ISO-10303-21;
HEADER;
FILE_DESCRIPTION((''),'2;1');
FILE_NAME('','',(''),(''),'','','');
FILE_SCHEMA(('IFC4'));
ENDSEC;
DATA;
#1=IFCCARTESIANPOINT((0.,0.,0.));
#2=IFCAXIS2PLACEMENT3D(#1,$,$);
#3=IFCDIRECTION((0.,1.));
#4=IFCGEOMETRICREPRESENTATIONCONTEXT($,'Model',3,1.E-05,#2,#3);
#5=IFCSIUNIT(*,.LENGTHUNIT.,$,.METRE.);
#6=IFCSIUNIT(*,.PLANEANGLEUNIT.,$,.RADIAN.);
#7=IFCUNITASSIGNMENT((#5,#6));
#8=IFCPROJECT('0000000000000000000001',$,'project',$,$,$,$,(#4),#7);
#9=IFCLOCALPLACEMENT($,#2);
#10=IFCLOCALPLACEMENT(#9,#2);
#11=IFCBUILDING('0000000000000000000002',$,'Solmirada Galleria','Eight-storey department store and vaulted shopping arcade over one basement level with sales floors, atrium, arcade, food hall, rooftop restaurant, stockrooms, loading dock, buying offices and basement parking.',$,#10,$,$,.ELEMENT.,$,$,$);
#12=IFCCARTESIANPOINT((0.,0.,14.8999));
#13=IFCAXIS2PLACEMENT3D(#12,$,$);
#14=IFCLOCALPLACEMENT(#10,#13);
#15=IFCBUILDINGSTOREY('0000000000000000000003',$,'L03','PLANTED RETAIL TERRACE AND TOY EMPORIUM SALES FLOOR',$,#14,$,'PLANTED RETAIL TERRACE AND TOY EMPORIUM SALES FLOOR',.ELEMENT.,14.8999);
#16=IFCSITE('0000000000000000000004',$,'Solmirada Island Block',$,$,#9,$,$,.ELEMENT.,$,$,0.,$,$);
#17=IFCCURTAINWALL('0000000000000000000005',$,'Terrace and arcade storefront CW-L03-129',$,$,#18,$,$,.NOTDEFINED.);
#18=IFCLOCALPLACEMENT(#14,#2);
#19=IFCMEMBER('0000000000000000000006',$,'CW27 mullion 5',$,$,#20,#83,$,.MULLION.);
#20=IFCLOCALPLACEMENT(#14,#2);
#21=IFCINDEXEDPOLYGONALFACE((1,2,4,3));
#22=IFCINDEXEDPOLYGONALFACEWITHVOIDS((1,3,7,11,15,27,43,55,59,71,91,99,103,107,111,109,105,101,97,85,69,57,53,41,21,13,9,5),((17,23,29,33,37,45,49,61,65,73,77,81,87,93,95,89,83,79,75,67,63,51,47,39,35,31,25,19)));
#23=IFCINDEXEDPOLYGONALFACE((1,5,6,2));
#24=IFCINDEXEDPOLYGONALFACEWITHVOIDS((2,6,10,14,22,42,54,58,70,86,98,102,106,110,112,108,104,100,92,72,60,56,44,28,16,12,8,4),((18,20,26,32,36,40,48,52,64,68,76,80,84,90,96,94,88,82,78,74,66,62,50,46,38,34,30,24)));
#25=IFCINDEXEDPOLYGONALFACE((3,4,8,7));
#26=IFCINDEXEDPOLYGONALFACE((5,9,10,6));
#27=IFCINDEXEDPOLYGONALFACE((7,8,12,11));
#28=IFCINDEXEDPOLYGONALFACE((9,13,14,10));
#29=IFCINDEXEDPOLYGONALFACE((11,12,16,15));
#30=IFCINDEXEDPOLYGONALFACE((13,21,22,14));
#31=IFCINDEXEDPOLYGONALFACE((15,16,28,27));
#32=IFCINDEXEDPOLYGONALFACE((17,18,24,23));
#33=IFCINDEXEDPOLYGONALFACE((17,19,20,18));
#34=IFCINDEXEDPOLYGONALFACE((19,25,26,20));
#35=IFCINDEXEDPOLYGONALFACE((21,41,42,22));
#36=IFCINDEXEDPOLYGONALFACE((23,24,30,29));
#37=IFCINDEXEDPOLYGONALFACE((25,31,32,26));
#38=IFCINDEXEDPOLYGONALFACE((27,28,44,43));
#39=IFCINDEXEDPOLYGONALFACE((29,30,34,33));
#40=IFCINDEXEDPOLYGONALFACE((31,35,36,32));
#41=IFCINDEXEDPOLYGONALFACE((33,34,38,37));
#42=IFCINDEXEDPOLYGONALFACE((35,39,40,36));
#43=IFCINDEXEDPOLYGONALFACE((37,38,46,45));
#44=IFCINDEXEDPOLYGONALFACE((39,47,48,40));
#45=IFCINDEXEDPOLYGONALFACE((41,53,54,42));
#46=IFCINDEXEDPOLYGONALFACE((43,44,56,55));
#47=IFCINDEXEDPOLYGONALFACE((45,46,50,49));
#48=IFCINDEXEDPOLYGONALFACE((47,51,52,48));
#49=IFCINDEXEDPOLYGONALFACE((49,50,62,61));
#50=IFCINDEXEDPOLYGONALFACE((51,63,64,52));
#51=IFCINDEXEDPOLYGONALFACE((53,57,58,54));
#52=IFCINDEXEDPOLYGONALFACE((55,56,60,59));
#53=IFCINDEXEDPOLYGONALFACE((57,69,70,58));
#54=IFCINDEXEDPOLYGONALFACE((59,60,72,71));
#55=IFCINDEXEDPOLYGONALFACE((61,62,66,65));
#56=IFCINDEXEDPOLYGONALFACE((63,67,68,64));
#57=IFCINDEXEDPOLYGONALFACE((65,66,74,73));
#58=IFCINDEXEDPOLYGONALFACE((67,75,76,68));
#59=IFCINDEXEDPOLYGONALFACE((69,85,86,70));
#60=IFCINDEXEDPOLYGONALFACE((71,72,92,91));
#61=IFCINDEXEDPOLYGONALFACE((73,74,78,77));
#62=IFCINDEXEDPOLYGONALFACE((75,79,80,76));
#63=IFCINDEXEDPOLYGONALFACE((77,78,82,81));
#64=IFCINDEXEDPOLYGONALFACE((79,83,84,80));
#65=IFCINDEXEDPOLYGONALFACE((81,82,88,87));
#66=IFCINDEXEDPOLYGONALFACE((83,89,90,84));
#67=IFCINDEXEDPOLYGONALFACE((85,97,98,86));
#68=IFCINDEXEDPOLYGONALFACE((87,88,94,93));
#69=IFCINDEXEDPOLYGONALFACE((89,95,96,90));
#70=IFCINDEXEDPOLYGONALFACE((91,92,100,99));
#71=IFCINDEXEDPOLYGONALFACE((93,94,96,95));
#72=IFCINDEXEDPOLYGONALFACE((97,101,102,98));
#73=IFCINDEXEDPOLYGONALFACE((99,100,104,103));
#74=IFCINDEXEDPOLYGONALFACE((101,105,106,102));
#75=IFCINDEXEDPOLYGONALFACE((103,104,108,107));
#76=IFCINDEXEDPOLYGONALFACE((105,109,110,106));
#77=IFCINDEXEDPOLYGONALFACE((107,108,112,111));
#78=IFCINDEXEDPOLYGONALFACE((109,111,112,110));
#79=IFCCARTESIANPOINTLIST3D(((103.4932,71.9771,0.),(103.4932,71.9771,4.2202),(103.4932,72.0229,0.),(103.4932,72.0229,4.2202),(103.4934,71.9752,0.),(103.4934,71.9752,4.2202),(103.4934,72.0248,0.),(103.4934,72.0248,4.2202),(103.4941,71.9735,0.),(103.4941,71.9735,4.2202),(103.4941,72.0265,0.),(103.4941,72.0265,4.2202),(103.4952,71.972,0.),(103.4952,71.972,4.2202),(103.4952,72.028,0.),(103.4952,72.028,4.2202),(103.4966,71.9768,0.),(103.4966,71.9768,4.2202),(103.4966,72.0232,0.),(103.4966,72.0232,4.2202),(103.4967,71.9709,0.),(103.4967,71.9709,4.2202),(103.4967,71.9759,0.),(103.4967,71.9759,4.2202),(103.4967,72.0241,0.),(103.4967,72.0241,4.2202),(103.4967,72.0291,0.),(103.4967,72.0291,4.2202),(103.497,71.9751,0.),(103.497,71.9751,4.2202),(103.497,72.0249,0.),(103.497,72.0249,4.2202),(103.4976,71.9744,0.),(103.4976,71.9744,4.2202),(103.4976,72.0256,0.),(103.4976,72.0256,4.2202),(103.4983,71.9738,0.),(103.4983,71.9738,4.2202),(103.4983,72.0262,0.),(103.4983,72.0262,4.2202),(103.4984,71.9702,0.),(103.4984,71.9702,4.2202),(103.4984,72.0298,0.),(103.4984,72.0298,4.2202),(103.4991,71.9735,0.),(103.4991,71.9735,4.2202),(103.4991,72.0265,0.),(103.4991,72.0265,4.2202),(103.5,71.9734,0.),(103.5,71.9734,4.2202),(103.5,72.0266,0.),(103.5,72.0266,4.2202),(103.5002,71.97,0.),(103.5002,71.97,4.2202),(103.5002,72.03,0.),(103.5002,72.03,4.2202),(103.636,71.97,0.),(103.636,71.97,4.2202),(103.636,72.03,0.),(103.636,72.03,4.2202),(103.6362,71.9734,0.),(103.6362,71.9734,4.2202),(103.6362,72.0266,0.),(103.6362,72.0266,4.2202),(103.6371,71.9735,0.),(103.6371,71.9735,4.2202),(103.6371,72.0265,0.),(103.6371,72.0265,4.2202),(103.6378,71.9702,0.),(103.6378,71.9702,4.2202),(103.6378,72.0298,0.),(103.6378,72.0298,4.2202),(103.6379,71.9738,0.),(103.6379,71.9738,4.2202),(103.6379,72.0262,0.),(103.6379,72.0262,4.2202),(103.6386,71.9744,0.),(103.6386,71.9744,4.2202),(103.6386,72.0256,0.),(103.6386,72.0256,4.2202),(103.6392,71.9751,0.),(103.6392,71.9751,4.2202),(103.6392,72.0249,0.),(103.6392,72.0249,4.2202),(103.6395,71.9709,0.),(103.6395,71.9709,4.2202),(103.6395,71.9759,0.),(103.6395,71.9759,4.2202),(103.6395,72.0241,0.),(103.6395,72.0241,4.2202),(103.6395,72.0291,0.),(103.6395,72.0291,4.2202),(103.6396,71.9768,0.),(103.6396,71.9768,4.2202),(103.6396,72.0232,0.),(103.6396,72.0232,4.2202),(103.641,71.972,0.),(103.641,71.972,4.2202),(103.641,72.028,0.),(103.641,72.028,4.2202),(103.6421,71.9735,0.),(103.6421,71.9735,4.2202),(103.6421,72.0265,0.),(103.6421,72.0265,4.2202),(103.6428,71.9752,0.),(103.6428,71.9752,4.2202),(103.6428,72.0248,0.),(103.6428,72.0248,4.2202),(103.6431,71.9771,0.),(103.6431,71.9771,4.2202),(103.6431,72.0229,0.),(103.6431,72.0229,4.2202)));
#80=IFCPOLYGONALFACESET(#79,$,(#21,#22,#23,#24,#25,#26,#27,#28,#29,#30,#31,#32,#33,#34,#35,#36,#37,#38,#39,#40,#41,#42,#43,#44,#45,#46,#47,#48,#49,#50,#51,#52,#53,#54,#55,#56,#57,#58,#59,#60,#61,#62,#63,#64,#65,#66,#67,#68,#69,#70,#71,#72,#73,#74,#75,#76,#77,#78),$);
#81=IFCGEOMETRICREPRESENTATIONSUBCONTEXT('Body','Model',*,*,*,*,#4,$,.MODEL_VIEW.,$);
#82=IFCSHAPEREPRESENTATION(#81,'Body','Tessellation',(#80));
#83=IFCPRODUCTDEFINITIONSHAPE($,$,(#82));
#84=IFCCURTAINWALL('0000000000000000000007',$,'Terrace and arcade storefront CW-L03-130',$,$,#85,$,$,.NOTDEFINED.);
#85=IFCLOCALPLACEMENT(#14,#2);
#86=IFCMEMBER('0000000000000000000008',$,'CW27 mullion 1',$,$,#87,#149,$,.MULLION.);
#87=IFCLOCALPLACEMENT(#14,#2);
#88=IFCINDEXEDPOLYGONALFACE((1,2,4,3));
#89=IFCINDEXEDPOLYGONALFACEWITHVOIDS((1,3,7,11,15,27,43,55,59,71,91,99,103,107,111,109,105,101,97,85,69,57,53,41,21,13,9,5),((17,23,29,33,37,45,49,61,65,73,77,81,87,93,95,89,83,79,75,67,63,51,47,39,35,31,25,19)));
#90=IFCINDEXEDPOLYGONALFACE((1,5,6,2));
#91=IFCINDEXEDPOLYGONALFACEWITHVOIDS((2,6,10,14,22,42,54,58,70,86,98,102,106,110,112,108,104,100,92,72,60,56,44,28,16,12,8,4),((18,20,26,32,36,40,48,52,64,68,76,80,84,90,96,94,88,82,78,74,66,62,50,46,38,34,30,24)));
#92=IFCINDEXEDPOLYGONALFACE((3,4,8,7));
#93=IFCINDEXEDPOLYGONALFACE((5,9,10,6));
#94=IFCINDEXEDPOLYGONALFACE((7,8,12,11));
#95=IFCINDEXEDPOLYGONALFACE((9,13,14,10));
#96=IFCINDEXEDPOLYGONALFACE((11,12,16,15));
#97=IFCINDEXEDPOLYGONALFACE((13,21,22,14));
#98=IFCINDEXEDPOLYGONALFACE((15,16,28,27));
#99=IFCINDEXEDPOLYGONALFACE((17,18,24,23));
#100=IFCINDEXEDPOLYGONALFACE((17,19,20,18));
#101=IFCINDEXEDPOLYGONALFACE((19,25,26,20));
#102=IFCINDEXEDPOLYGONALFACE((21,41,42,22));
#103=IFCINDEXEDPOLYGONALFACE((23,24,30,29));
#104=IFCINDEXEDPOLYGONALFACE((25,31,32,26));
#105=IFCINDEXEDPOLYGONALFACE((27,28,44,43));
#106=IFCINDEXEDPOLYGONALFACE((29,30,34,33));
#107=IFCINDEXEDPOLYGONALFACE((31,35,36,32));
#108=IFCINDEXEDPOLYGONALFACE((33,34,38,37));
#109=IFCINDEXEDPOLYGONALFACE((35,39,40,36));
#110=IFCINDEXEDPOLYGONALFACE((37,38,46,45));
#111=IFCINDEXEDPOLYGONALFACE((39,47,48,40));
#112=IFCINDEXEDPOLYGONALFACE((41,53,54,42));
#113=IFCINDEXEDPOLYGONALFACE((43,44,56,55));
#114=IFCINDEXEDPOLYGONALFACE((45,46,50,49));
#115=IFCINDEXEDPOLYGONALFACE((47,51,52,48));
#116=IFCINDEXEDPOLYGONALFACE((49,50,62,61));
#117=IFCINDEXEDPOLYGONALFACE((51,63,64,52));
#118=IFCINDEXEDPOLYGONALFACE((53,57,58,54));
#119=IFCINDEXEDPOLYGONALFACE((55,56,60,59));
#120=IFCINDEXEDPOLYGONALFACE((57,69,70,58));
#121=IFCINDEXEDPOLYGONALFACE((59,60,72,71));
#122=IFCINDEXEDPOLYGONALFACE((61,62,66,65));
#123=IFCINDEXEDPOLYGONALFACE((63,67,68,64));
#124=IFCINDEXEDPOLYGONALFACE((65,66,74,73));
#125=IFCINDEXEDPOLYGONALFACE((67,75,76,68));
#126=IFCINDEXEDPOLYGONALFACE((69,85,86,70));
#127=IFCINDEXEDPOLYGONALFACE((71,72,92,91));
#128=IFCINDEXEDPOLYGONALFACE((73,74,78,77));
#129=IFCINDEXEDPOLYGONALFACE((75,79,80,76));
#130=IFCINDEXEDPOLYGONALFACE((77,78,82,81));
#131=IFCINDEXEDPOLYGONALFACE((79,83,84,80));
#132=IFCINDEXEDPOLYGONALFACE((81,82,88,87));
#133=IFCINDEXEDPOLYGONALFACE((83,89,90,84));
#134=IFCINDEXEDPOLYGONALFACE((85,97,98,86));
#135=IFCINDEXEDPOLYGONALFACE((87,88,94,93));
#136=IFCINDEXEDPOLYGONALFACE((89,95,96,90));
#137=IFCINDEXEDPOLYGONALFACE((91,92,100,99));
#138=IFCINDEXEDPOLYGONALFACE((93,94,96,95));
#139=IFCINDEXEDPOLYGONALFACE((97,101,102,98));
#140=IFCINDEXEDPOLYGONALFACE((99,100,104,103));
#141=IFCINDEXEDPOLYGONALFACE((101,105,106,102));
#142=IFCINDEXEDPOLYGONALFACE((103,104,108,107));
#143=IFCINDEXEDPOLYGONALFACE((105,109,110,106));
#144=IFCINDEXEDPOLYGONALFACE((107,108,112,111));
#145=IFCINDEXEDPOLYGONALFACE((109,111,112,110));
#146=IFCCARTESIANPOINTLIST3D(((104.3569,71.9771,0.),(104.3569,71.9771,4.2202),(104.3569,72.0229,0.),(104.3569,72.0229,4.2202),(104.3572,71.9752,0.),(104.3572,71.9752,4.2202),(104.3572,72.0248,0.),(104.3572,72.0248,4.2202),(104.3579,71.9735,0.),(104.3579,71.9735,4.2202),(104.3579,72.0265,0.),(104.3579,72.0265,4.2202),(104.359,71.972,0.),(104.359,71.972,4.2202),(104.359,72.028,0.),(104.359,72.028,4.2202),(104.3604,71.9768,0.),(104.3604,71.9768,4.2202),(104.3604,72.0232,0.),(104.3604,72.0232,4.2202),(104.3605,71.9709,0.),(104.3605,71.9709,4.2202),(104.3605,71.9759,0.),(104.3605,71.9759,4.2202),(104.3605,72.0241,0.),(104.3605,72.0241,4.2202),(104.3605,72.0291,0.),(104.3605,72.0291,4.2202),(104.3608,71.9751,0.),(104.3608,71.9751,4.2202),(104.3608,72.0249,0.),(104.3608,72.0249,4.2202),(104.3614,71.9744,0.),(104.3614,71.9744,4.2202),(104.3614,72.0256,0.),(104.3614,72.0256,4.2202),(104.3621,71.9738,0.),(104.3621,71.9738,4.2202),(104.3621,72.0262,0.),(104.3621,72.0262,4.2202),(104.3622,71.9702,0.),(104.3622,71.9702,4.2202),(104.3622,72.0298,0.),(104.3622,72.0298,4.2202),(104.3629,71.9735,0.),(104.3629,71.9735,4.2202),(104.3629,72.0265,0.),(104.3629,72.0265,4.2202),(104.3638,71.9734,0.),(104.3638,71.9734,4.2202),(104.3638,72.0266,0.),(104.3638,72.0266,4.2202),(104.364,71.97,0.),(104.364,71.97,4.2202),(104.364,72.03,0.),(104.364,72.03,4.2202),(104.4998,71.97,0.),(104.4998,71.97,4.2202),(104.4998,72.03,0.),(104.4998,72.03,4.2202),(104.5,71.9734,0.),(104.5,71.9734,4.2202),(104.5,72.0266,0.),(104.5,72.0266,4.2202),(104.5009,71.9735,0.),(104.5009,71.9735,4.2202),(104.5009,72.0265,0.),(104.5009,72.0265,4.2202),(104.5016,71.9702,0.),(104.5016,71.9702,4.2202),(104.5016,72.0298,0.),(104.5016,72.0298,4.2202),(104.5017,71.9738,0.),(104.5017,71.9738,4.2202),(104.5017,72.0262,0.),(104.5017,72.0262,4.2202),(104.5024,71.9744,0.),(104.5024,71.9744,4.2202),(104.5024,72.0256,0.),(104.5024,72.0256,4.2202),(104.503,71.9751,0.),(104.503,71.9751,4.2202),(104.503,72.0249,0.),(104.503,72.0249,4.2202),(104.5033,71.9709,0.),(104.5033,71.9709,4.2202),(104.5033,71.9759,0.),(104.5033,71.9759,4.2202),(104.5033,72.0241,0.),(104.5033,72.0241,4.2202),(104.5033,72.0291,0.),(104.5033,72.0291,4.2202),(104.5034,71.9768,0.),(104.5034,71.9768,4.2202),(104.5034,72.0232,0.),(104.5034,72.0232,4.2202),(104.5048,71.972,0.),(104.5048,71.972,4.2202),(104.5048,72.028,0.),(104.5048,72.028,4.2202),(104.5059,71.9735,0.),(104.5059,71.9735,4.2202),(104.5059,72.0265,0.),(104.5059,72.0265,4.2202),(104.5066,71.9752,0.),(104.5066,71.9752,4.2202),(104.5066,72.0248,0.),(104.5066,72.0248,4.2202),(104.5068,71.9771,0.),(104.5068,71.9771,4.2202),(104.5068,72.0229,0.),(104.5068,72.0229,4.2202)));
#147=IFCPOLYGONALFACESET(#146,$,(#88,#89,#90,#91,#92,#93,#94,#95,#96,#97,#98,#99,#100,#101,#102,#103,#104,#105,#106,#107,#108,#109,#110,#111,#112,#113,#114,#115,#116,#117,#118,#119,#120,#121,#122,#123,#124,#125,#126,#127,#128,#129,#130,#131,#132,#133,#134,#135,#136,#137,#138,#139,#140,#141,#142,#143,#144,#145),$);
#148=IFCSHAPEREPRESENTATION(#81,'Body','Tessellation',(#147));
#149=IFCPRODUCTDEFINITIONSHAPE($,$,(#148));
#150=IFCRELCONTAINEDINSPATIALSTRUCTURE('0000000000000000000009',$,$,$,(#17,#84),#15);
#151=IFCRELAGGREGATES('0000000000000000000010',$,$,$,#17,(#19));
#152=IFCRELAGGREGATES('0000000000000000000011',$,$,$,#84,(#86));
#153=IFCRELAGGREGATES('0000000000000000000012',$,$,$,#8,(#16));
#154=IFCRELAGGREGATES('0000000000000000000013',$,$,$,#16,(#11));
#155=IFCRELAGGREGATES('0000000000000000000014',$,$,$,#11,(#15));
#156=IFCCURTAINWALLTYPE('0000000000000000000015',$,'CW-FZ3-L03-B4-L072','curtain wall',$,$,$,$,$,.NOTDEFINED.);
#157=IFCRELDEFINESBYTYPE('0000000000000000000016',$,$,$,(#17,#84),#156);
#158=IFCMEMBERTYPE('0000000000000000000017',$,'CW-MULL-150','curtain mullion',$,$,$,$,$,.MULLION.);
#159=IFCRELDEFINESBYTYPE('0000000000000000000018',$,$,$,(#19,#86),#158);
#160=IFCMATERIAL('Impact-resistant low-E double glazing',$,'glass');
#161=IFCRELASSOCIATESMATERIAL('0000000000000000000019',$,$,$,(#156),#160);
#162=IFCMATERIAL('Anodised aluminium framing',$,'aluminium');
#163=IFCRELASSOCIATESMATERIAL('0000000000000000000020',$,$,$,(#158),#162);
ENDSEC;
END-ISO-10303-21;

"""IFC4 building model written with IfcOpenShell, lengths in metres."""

from ifc_helpers import new_model, si_unit, direction, frame, origin, origin_2d, place, context, subcontext, project, spatial, hollow_rectangle, extrude, material, material_profile, profile_set, type_object, element, aggregate, save


model = new_model("IFC4")

# Units and contexts
model_context = context("Model", 3, precision=1e-05, world=origin(), true_north=direction((0.0, 1.0)))
body_context = subcontext(model_context, "Body", "Model", "MODEL_VIEW")
ifc_project = project(units=[si_unit("LENGTHUNIT", "METRE"), si_unit("PLANEANGLEUNIT", "RADIAN")], contexts=[model_context])

# Site, building, storey
site_placement = place(None, origin())
site = spatial("IfcSite", under=ifc_project, at=site_placement, Name="Solmirada Island Block", CompositionType="ELEMENT", RefElevation=0.0)
building_placement = place(site_placement, origin())
building = spatial("IfcBuilding", under=site, at=building_placement, Name="Solmirada Galleria", Description="Eight-storey department store and vaulted shopping arcade over one basement level with sales floors, atrium, arcade, food hall, rooftop restaurant, stockrooms, loading dock, buying offices and basement parking.", CompositionType="ELEMENT")
storey_placement = place(building_placement, frame((0.0, 0.0, 14.8999)))
storey = spatial("IfcBuildingStorey", under=building, at=storey_placement, Name="L03", Description="PLANTED RETAIL TERRACE AND TOY EMPORIUM SALES FLOOR", LongName="PLANTED RETAIL TERRACE AND TOY EMPORIUM SALES FLOOR", CompositionType="ELEMENT", Elevation=14.8999)

# Curtain wall, member
ifc_material_1 = material(Name="Impact-resistant low-E double glazing", Category="glass")
curtain_wall_type = type_object("IfcCurtainWallType", Name="CW-FZ3-L03-B4-L072", Description="curtain wall", PredefinedType="NOTDEFINED", material=ifc_material_1)
curtain_wall_1_placement = place(storey_placement, origin())
curtain_wall_1 = element("IfcCurtainWall", 1, at=curtain_wall_1_placement, inside=storey, type_object=curtain_wall_type, Name="Terrace and arcade storefront CW-L03-129", PredefinedType="NOTDEFINED")
ifc_material_2 = material(Name="Anodised aluminium framing", Category="aluminium")
ifc_material_profile_1 = material_profile(ifc_material_2, hollow_rectangle(XDim=0.0601, YDim=0.1499, WallThickness=0.0034, InnerFilletRadius=0.0034, OuterFilletRadius=0.0071, at=origin_2d()), Name="ALU-MULL-150X60")
ifc_profile_set_1 = profile_set([ifc_material_profile_1], Name="Anodised aluminium framing")
member_type_1 = type_object("IfcMemberType", Name="CW-MULL-150", Description="curtain mullion", PredefinedType="MULLION", material=ifc_profile_set_1)
member_1_placement = place(storey_placement, frame((103.5681, 72.0, 0.0), z_axis=(0.0, 0.0, 1.0), x_axis=(0.0, 1.0, 0.0)))
member_1 = element("IfcMember", 2, at=member_1_placement, type_object=member_type_1, Name="CW27 mullion 5", PredefinedType="MULLION", context=body_context, shape_type="SweptSolid", body=[
    extrude(hollow_rectangle(XDim=0.0601, YDim=0.1499, WallThickness=0.0034, InnerFilletRadius=0.0034, OuterFilletRadius=0.0071, at=origin_2d()), origin(), (0.0, 0.0, 1.0), 4.2202),
])

# Curtain wall, member
curtain_wall_2_placement = place(storey_placement, origin())
curtain_wall_2 = element("IfcCurtainWall", 3, at=curtain_wall_2_placement, inside=storey, type_object=curtain_wall_type, Name="Terrace and arcade storefront CW-L03-130", PredefinedType="NOTDEFINED")
member_2_placement = place(storey_placement, frame((104.4319, 72.0, 0.0), z_axis=(0.0, 0.0, 1.0), x_axis=(0.0, 1.0, 0.0)))
member_2 = element("IfcMember", 4, at=member_2_placement, type_object=member_type_1, Name="CW27 mullion 1", PredefinedType="MULLION", context=body_context, shape_type="SweptSolid", body=[
    extrude(hollow_rectangle(XDim=0.0601, YDim=0.1499, WallThickness=0.0034, InnerFilletRadius=0.0034, OuterFilletRadius=0.0071, at=origin_2d()), origin(), (0.0, 0.0, 1.0), 4.2202),
])

aggregate(curtain_wall_1, [member_1])
aggregate(curtain_wall_2, [member_2])

save(model, "model.ifc")
